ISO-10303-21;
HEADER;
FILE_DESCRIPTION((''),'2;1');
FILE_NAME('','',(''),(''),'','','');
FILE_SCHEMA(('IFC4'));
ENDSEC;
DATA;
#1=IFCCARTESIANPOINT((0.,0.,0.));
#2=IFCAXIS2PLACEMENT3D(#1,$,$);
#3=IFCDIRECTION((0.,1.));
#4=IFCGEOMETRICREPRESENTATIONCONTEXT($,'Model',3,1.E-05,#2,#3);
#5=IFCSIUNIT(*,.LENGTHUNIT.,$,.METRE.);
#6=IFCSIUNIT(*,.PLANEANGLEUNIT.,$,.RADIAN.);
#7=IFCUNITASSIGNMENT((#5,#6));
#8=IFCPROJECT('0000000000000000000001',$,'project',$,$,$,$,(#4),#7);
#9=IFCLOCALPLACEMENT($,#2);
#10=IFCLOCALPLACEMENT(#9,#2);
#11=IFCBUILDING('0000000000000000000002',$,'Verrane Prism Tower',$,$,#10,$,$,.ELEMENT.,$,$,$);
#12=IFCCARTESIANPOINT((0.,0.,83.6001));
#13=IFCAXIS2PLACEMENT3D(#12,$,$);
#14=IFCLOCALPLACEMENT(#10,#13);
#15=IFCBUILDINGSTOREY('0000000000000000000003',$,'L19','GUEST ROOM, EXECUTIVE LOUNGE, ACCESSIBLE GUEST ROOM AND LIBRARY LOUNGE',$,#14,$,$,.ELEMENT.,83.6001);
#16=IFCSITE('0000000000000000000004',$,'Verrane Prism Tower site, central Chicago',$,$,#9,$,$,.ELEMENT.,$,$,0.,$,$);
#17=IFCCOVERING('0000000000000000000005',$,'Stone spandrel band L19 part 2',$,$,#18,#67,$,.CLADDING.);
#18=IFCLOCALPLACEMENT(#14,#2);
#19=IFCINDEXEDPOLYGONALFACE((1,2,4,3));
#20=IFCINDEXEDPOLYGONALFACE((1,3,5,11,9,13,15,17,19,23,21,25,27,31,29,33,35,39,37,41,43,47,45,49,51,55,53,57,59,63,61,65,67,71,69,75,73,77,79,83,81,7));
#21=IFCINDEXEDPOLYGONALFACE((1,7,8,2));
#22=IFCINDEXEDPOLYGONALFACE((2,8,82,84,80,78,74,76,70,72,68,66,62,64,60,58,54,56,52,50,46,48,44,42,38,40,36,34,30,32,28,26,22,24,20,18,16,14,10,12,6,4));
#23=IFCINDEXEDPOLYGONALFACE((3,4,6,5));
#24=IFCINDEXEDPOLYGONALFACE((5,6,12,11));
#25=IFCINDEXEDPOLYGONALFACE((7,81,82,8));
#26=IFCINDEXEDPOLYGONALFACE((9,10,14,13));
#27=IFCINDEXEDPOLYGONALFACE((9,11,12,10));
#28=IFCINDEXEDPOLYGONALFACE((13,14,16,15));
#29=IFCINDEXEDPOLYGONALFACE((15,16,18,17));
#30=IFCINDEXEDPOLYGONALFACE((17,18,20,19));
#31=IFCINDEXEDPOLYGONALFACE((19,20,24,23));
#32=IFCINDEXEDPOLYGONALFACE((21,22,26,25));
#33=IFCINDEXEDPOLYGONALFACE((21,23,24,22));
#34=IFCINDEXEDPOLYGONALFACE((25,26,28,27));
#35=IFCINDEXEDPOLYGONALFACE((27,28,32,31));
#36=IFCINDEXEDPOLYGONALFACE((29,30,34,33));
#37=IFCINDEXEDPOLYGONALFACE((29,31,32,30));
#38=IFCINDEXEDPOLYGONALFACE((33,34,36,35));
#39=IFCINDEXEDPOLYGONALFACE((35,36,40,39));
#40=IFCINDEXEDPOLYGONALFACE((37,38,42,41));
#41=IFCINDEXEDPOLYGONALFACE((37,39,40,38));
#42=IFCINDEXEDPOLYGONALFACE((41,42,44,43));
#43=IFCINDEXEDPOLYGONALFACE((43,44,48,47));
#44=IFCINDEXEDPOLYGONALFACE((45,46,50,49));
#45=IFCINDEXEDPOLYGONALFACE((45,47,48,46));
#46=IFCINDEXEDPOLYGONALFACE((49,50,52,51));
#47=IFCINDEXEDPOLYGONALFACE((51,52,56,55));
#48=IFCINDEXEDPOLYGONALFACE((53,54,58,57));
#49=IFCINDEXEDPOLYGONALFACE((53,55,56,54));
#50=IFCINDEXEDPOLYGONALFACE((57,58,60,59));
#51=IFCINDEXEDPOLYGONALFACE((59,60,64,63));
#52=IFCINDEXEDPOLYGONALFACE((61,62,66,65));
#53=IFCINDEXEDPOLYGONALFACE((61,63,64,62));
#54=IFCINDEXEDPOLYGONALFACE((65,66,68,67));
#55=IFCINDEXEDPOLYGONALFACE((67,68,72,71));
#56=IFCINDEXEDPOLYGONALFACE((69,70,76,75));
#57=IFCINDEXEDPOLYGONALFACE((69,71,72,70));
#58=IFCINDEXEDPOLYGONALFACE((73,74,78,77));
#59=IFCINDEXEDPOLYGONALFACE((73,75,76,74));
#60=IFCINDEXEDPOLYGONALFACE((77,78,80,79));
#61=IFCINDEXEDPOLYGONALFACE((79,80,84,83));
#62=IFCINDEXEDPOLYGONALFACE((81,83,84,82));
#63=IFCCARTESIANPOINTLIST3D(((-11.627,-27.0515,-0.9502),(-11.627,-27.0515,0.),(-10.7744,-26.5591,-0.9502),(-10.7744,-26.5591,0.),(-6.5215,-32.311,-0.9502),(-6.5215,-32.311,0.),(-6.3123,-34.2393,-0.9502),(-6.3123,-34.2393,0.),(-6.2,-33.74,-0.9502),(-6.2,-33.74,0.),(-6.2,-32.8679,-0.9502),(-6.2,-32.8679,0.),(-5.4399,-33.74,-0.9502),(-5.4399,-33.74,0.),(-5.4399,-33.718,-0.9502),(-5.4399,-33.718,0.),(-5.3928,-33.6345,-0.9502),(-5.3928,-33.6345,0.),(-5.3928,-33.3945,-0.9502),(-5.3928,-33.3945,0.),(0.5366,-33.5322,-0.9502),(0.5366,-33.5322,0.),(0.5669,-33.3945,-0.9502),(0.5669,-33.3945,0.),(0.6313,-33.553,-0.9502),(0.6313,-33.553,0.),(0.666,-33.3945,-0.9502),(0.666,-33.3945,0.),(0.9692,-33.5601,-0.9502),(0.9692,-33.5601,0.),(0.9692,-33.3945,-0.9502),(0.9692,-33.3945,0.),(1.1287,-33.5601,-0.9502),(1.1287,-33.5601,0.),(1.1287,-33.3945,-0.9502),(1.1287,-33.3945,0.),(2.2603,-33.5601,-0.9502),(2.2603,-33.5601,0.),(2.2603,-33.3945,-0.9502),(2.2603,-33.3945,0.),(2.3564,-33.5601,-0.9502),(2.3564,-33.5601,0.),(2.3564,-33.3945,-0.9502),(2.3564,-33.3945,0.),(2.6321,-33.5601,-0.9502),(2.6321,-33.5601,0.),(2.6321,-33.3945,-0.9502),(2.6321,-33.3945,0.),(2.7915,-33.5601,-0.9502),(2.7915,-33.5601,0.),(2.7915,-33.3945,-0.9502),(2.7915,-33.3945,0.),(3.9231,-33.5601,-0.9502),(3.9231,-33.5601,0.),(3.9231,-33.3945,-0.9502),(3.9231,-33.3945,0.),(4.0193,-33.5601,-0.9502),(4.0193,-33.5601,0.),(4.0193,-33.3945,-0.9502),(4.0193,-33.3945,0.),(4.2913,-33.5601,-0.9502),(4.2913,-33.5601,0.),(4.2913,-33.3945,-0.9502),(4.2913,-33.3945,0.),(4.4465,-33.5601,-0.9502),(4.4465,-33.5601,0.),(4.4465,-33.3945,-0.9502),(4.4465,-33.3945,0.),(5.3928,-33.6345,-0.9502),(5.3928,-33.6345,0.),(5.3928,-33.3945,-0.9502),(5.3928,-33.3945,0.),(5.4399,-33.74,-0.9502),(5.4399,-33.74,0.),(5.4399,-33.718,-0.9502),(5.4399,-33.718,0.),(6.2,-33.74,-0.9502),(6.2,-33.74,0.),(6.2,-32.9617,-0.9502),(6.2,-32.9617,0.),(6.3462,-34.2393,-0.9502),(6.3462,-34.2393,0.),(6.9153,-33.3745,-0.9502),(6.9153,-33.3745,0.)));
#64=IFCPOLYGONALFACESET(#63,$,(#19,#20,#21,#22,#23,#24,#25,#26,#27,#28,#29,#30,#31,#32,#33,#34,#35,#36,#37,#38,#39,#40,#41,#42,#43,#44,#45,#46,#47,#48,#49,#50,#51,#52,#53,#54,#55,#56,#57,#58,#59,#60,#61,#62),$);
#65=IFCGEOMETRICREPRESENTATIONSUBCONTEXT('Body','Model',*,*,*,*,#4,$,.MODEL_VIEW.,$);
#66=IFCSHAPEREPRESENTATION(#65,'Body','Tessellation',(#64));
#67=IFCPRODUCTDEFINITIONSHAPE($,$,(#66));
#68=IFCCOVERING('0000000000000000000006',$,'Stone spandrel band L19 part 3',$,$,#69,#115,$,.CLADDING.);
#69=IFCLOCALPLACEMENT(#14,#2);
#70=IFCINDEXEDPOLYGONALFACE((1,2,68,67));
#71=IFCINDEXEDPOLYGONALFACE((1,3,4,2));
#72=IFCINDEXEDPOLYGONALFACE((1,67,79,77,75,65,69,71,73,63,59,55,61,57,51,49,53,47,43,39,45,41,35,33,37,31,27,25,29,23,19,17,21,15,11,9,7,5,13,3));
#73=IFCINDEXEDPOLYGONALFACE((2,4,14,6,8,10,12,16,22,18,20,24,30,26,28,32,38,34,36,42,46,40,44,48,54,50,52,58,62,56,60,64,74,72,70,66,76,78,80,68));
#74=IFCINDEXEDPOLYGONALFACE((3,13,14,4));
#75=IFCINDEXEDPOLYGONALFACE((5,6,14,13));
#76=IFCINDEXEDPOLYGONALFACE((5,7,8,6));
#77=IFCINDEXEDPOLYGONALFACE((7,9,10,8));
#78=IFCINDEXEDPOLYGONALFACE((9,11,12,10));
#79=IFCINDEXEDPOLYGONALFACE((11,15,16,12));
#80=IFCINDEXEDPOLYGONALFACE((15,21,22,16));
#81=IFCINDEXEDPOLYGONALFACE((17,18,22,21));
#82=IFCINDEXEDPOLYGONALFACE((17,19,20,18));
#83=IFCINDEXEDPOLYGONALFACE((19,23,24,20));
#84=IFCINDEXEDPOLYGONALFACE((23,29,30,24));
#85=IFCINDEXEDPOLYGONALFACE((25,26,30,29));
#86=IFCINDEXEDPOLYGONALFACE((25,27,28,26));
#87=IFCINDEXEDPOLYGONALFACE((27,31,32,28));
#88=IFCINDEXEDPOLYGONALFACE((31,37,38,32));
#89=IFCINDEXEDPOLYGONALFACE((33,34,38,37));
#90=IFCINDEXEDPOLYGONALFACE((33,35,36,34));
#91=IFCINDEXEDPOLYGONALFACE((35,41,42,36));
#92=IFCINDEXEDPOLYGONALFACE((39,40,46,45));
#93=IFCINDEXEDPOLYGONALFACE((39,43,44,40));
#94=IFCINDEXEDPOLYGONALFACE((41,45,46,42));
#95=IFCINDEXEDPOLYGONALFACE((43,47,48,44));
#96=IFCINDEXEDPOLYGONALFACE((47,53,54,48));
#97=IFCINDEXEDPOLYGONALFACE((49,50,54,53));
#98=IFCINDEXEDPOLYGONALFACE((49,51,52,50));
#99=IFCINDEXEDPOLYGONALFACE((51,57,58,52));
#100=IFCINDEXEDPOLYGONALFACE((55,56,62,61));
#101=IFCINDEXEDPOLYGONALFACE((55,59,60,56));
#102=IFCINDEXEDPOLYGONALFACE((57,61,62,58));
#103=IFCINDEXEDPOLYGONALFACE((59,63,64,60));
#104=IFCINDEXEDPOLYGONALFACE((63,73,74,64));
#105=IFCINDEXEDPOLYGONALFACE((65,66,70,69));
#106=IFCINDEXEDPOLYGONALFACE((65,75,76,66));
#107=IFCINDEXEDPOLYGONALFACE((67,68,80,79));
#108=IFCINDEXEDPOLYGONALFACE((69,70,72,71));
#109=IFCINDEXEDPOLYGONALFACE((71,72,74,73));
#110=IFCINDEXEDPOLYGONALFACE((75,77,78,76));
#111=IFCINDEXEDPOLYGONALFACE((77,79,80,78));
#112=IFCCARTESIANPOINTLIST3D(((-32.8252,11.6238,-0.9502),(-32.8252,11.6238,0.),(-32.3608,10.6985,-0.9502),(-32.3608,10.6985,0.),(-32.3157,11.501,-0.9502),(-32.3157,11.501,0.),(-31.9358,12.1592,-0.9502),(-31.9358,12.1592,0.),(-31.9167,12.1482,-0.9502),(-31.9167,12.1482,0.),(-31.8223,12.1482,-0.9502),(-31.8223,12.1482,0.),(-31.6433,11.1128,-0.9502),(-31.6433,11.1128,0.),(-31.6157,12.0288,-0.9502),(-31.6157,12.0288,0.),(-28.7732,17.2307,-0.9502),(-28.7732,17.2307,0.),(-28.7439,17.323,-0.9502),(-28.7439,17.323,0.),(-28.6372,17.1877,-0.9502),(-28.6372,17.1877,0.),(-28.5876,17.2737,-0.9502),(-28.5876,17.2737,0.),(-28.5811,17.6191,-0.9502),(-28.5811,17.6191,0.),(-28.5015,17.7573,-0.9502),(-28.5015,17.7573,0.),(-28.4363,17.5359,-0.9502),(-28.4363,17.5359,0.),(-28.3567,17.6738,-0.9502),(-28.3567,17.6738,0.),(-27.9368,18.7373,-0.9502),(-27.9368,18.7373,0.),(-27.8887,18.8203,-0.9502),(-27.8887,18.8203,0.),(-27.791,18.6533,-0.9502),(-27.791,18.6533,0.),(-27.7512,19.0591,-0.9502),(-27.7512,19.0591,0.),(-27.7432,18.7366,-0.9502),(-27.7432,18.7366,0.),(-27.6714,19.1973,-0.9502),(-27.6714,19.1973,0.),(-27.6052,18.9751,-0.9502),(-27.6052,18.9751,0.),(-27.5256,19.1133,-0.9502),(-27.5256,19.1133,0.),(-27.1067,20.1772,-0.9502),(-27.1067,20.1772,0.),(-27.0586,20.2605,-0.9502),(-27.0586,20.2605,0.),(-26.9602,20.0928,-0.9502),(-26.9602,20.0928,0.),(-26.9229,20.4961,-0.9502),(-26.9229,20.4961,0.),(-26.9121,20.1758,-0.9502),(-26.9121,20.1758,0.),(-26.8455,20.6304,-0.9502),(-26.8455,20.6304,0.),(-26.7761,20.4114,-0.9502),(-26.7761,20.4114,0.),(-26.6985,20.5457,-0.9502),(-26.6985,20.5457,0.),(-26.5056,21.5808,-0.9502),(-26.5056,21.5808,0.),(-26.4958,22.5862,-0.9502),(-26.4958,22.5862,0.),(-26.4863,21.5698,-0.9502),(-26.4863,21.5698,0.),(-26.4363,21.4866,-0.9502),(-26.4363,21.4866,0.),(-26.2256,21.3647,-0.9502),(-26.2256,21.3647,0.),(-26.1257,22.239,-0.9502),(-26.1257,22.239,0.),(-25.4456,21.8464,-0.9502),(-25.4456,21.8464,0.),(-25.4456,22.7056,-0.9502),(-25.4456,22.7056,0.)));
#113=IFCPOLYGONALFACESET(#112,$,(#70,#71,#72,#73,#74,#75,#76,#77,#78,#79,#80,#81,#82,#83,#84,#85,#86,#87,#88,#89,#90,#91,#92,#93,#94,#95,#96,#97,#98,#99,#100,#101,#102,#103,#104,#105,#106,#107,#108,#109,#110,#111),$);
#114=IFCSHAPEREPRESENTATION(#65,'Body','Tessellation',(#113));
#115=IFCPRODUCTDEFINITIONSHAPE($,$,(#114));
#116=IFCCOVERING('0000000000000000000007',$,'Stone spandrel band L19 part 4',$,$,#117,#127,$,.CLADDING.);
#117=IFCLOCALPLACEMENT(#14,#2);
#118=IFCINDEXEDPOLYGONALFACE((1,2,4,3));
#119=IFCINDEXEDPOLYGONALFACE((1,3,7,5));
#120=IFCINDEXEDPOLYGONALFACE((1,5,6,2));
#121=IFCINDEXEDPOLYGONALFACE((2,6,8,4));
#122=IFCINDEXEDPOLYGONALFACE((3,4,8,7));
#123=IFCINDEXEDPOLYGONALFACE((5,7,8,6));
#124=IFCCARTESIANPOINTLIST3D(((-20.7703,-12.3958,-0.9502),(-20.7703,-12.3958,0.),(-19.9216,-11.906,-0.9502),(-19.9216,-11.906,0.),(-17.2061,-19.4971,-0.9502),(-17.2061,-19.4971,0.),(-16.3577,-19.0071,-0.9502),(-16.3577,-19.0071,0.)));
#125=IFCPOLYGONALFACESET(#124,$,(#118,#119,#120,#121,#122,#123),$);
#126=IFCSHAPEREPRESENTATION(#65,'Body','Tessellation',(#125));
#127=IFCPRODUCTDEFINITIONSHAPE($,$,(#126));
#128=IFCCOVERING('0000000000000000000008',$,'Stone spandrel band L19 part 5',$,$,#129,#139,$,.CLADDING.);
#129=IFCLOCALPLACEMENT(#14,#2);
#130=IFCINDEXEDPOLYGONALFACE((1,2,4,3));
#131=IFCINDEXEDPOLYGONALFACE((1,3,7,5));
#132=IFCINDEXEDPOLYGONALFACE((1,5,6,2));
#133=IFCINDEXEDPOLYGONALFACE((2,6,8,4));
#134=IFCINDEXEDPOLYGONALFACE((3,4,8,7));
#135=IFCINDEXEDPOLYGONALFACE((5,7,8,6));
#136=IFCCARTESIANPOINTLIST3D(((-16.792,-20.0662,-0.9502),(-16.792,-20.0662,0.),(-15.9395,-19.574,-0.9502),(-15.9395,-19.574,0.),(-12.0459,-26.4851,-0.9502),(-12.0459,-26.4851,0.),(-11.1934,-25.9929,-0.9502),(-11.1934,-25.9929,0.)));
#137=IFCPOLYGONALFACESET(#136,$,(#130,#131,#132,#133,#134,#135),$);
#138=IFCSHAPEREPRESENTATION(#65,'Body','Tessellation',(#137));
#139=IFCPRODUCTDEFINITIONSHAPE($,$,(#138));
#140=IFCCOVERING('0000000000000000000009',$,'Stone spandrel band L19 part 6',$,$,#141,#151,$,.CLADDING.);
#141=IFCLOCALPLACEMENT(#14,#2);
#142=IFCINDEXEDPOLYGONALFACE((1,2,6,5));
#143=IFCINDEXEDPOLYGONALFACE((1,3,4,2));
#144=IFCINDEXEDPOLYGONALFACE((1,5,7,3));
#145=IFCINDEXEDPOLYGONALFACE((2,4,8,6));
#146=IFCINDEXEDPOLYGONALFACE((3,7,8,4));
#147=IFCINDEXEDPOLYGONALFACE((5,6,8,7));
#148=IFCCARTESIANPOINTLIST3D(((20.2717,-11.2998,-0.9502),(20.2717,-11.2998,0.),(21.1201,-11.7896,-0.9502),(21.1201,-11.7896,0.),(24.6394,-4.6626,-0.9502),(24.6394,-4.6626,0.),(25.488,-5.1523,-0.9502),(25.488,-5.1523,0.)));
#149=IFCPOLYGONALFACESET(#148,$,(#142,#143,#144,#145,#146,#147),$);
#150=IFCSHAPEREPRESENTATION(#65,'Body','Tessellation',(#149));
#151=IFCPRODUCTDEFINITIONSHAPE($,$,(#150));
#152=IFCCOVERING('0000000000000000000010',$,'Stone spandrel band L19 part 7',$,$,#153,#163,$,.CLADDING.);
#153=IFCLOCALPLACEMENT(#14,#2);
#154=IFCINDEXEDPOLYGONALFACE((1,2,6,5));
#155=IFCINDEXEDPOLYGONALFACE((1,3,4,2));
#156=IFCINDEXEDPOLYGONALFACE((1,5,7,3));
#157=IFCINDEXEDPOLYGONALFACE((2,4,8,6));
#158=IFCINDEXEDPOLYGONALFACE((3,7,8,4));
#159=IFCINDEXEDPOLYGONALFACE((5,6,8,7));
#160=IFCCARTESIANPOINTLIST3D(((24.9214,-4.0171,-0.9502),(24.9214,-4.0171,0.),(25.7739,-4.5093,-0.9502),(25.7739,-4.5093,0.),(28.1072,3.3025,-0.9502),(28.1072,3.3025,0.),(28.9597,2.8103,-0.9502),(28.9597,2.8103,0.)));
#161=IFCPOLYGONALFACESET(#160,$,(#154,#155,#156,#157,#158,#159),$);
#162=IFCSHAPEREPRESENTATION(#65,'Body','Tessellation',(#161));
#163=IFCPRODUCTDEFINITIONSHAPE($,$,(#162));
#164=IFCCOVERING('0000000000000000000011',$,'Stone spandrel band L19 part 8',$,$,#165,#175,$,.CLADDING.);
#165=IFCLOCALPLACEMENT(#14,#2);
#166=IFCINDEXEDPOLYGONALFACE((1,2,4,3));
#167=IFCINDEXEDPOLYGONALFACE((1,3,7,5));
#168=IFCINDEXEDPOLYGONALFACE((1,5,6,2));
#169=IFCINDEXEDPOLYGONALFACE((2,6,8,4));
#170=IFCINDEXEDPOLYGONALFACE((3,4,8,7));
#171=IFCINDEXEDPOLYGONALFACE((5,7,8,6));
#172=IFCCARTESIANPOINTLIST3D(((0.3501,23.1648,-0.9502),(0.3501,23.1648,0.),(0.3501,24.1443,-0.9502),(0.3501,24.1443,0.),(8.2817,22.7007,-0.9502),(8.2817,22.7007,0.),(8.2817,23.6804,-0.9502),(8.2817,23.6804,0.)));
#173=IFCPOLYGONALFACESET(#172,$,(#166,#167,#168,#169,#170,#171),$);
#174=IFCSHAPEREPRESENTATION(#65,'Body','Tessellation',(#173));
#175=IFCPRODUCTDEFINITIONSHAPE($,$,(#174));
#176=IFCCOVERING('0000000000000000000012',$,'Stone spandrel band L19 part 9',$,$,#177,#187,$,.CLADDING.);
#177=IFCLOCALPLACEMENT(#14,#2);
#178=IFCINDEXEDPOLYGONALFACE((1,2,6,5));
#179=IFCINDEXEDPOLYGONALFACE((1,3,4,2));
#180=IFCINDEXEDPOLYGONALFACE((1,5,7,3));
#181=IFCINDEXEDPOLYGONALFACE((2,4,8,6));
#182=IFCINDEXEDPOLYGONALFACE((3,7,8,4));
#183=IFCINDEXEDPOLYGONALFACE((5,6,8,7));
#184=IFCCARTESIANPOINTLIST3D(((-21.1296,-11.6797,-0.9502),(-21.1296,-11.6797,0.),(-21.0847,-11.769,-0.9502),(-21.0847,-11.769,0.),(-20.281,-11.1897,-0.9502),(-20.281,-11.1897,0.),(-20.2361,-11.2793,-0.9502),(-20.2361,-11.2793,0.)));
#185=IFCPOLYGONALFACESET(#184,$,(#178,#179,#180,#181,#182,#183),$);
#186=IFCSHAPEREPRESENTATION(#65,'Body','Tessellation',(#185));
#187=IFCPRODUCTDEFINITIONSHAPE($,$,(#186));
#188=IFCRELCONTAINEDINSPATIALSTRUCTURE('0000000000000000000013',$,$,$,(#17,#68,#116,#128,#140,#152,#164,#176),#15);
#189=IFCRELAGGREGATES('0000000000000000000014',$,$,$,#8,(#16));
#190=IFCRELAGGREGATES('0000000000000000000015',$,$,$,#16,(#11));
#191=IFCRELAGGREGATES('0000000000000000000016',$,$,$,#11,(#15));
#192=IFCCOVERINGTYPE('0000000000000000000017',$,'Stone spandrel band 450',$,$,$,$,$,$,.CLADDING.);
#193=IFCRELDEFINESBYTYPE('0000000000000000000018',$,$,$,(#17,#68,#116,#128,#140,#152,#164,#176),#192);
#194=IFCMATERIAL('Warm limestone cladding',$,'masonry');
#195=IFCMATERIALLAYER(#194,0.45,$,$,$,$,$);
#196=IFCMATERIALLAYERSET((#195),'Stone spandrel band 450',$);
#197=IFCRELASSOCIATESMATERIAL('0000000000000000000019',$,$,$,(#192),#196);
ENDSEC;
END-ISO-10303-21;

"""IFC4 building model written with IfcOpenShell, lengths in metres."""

from ifc_helpers import new_model, si_unit, direction, frame, origin, place, context, subcontext, project, spatial, polyline, outline, extrude, material, layer, layer_set, type_object, element, save


model = new_model("IFC4")

# Units and contexts
model_context = context("Model", 3, precision=1e-05, world=origin(), true_north=direction((0.0, 1.0)))
body_context = subcontext(model_context, "Body", "Model", "MODEL_VIEW")
ifc_project = project(units=[si_unit("LENGTHUNIT", "METRE"), si_unit("PLANEANGLEUNIT", "RADIAN")], contexts=[model_context])

# Site, building, storey
site_placement = place(None, origin())
site = spatial("IfcSite", under=ifc_project, at=site_placement, Name="Verrane Prism Tower site, central Chicago", CompositionType="ELEMENT", RefElevation=0.0)
building_placement = place(site_placement, origin())
building = spatial("IfcBuilding", under=site, at=building_placement, Name="Verrane Prism Tower", CompositionType="ELEMENT")
storey_placement = place(building_placement, frame((0.0, 0.0, 83.6001)))
storey = spatial("IfcBuildingStorey", under=building, at=storey_placement, Name="L19", Description="GUEST ROOM, EXECUTIVE LOUNGE, ACCESSIBLE GUEST ROOM AND LIBRARY LOUNGE", CompositionType="ELEMENT", Elevation=83.6001)

# Coverings
ifc_material_1 = material(Name="Warm limestone cladding", Category="masonry")
ifc_layer_1 = layer(ifc_material_1, 0.45)
ifc_layer_set_1 = layer_set([ifc_layer_1], Name="Stone spandrel band 450")
covering_type_1 = type_object("IfcCoveringType", Name="Stone spandrel band 450", PredefinedType="CLADDING", material=ifc_layer_set_1)
covering_1_placement = place(storey_placement, frame((0.0, 0.0, -0.9502)))
element("IfcCovering", 1, at=covering_1_placement, inside=storey, type_object=covering_type_1, Name="Stone spandrel band L19 part 2", PredefinedType="CLADDING", context=body_context, shape_type="SweptSolid", body=[
    extrude(outline(polyline([(6.3462, -34.2393), (6.9153, -33.3745), (6.2, -32.9617), (6.2, -33.74), (5.4399, -33.74), (5.4399, -33.718), (5.3928, -33.6345), (5.3928, -33.3945), (4.4465, -33.3945), (4.4465, -33.5601), (4.2913, -33.5601), (4.2913, -33.3945), (4.0193, -33.3945), (4.0193, -33.5601), (3.9231, -33.5601), (3.9231, -33.3945), (2.7915, -33.3945), (2.7915, -33.5601), (2.6321, -33.5601), (2.6321, -33.3945), (2.3564, -33.3945), (2.3564, -33.5601), (2.2603, -33.5601), (2.2603, -33.3945), (1.1287, -33.3945), (1.1287, -33.5601), (0.9692, -33.5601), (0.9692, -33.3945), (0.666, -33.3945), (0.6313, -33.553), (0.5366, -33.5322), (0.5669, -33.3945), (-5.3928, -33.3945), (-5.3928, -33.6345), (-5.4399, -33.718), (-5.4399, -33.74), (-6.2, -33.74), (-6.2, -32.8679), (-6.5215, -32.311), (-10.7744, -26.5591), (-11.627, -27.0515), (-6.3123, -34.2393), (6.3462, -34.2393)])), origin(), (0.0, 0.0, 1.0), 0.9502),
])
covering_2_placement = place(storey_placement, frame((0.0, 0.0, -0.9502)))
element("IfcCovering", 2, at=covering_2_placement, inside=storey, type_object=covering_type_1, Name="Stone spandrel band L19 part 3", PredefinedType="CLADDING", context=body_context, shape_type="SweptSolid", body=[
    extrude(outline(polyline([(-32.3608, 10.6985), (-31.6433, 11.1128), (-32.3157, 11.501), (-31.9358, 12.1592), (-31.9167, 12.1482), (-31.8223, 12.1482), (-31.6157, 12.0288), (-28.6372, 17.1877), (-28.7732, 17.2307), (-28.7439, 17.323), (-28.5876, 17.2737), (-28.4363, 17.5359), (-28.5811, 17.6191), (-28.5015, 17.7573), (-28.3567, 17.6738), (-27.791, 18.6533), (-27.9368, 18.7373), (-27.8887, 18.8203), (-27.7432, 18.7366), (-27.6052, 18.9751), (-27.7512, 19.0591), (-27.6714, 19.1973), (-27.5256, 19.1133), (-26.9602, 20.0928), (-27.1067, 20.1772), (-27.0586, 20.2605), (-26.9121, 20.1758), (-26.7761, 20.4114), (-26.9229, 20.4961), (-26.8455, 20.6304), (-26.6985, 20.5457), (-26.2256, 21.3647), (-26.4363, 21.4866), (-26.4863, 21.5698), (-26.5056, 21.5808), (-26.1257, 22.239), (-25.4456, 21.8464), (-25.4456, 22.7056), (-26.4958, 22.5862), (-32.8252, 11.6238), (-32.3608, 10.6985)])), origin(), (0.0, 0.0, 1.0), 0.9502),
])
covering_3_placement = place(storey_placement, frame((0.0, 0.0, -0.9502)))
element("IfcCovering", 3, at=covering_3_placement, inside=storey, type_object=covering_type_1, Name="Stone spandrel band L19 part 4", PredefinedType="CLADDING", context=body_context, shape_type="SweptSolid", body=[
    extrude(outline(polyline([(-20.7703, -12.3958), (-17.2061, -19.4971), (-16.3577, -19.0071), (-19.9216, -11.906), (-20.7703, -12.3958)])), origin(), (0.0, 0.0, 1.0), 0.9502),
])
covering_4_placement = place(storey_placement, frame((0.0, 0.0, -0.9502)))
element("IfcCovering", 4, at=covering_4_placement, inside=storey, type_object=covering_type_1, Name="Stone spandrel band L19 part 5", PredefinedType="CLADDING", context=body_context, shape_type="SweptSolid", body=[
    extrude(outline(polyline([(-16.792, -20.0662), (-12.0459, -26.4851), (-11.1934, -25.9929), (-15.9395, -19.574), (-16.792, -20.0662)])), origin(), (0.0, 0.0, 1.0), 0.9502),
])
covering_5_placement = place(storey_placement, frame((0.0, 0.0, -0.9502)))
element("IfcCovering", 5, at=covering_5_placement, inside=storey, type_object=covering_type_1, Name="Stone spandrel band L19 part 6", PredefinedType="CLADDING", context=body_context, shape_type="SweptSolid", body=[
    extrude(outline(polyline([(24.6394, -4.6626), (20.2717, -11.2998), (21.1201, -11.7896), (25.488, -5.1523), (24.6394, -4.6626)])), origin(), (0.0, 0.0, 1.0), 0.9502),
])
covering_6_placement = place(storey_placement, frame((0.0, 0.0, -0.9502)))
element("IfcCovering", 6, at=covering_6_placement, inside=storey, type_object=covering_type_1, Name="Stone spandrel band L19 part 7", PredefinedType="CLADDING", context=body_context, shape_type="SweptSolid", body=[
    extrude(outline(polyline([(25.7739, -4.5093), (28.9597, 2.8103), (28.1072, 3.3025), (24.9214, -4.0171), (25.7739, -4.5093)])), origin(), (0.0, 0.0, 1.0), 0.9502),
])
covering_7_placement = place(storey_placement, frame((0.0, 0.0, -0.9502)))
element("IfcCovering", 7, at=covering_7_placement, inside=storey, type_object=covering_type_1, Name="Stone spandrel band L19 part 8", PredefinedType="CLADDING", context=body_context, shape_type="SweptSolid", body=[
    extrude(outline(polyline([(0.3501, 23.1648), (8.2817, 22.7007), (8.2817, 23.6804), (0.3501, 24.1443), (0.3501, 23.1648)])), origin(), (0.0, 0.0, 1.0), 0.9502),
])
covering_8_placement = place(storey_placement, frame((0.0, 0.0, -0.9502)))
element("IfcCovering", 8, at=covering_8_placement, inside=storey, type_object=covering_type_1, Name="Stone spandrel band L19 part 9", PredefinedType="CLADDING", context=body_context, shape_type="SweptSolid", body=[
    extrude(outline(polyline([(-20.281, -11.1897), (-21.1296, -11.6797), (-21.0847, -11.769), (-20.2361, -11.2793), (-20.281, -11.1897)])), origin(), (0.0, 0.0, 1.0), 0.9502),
])

save(model, "model.ifc")
